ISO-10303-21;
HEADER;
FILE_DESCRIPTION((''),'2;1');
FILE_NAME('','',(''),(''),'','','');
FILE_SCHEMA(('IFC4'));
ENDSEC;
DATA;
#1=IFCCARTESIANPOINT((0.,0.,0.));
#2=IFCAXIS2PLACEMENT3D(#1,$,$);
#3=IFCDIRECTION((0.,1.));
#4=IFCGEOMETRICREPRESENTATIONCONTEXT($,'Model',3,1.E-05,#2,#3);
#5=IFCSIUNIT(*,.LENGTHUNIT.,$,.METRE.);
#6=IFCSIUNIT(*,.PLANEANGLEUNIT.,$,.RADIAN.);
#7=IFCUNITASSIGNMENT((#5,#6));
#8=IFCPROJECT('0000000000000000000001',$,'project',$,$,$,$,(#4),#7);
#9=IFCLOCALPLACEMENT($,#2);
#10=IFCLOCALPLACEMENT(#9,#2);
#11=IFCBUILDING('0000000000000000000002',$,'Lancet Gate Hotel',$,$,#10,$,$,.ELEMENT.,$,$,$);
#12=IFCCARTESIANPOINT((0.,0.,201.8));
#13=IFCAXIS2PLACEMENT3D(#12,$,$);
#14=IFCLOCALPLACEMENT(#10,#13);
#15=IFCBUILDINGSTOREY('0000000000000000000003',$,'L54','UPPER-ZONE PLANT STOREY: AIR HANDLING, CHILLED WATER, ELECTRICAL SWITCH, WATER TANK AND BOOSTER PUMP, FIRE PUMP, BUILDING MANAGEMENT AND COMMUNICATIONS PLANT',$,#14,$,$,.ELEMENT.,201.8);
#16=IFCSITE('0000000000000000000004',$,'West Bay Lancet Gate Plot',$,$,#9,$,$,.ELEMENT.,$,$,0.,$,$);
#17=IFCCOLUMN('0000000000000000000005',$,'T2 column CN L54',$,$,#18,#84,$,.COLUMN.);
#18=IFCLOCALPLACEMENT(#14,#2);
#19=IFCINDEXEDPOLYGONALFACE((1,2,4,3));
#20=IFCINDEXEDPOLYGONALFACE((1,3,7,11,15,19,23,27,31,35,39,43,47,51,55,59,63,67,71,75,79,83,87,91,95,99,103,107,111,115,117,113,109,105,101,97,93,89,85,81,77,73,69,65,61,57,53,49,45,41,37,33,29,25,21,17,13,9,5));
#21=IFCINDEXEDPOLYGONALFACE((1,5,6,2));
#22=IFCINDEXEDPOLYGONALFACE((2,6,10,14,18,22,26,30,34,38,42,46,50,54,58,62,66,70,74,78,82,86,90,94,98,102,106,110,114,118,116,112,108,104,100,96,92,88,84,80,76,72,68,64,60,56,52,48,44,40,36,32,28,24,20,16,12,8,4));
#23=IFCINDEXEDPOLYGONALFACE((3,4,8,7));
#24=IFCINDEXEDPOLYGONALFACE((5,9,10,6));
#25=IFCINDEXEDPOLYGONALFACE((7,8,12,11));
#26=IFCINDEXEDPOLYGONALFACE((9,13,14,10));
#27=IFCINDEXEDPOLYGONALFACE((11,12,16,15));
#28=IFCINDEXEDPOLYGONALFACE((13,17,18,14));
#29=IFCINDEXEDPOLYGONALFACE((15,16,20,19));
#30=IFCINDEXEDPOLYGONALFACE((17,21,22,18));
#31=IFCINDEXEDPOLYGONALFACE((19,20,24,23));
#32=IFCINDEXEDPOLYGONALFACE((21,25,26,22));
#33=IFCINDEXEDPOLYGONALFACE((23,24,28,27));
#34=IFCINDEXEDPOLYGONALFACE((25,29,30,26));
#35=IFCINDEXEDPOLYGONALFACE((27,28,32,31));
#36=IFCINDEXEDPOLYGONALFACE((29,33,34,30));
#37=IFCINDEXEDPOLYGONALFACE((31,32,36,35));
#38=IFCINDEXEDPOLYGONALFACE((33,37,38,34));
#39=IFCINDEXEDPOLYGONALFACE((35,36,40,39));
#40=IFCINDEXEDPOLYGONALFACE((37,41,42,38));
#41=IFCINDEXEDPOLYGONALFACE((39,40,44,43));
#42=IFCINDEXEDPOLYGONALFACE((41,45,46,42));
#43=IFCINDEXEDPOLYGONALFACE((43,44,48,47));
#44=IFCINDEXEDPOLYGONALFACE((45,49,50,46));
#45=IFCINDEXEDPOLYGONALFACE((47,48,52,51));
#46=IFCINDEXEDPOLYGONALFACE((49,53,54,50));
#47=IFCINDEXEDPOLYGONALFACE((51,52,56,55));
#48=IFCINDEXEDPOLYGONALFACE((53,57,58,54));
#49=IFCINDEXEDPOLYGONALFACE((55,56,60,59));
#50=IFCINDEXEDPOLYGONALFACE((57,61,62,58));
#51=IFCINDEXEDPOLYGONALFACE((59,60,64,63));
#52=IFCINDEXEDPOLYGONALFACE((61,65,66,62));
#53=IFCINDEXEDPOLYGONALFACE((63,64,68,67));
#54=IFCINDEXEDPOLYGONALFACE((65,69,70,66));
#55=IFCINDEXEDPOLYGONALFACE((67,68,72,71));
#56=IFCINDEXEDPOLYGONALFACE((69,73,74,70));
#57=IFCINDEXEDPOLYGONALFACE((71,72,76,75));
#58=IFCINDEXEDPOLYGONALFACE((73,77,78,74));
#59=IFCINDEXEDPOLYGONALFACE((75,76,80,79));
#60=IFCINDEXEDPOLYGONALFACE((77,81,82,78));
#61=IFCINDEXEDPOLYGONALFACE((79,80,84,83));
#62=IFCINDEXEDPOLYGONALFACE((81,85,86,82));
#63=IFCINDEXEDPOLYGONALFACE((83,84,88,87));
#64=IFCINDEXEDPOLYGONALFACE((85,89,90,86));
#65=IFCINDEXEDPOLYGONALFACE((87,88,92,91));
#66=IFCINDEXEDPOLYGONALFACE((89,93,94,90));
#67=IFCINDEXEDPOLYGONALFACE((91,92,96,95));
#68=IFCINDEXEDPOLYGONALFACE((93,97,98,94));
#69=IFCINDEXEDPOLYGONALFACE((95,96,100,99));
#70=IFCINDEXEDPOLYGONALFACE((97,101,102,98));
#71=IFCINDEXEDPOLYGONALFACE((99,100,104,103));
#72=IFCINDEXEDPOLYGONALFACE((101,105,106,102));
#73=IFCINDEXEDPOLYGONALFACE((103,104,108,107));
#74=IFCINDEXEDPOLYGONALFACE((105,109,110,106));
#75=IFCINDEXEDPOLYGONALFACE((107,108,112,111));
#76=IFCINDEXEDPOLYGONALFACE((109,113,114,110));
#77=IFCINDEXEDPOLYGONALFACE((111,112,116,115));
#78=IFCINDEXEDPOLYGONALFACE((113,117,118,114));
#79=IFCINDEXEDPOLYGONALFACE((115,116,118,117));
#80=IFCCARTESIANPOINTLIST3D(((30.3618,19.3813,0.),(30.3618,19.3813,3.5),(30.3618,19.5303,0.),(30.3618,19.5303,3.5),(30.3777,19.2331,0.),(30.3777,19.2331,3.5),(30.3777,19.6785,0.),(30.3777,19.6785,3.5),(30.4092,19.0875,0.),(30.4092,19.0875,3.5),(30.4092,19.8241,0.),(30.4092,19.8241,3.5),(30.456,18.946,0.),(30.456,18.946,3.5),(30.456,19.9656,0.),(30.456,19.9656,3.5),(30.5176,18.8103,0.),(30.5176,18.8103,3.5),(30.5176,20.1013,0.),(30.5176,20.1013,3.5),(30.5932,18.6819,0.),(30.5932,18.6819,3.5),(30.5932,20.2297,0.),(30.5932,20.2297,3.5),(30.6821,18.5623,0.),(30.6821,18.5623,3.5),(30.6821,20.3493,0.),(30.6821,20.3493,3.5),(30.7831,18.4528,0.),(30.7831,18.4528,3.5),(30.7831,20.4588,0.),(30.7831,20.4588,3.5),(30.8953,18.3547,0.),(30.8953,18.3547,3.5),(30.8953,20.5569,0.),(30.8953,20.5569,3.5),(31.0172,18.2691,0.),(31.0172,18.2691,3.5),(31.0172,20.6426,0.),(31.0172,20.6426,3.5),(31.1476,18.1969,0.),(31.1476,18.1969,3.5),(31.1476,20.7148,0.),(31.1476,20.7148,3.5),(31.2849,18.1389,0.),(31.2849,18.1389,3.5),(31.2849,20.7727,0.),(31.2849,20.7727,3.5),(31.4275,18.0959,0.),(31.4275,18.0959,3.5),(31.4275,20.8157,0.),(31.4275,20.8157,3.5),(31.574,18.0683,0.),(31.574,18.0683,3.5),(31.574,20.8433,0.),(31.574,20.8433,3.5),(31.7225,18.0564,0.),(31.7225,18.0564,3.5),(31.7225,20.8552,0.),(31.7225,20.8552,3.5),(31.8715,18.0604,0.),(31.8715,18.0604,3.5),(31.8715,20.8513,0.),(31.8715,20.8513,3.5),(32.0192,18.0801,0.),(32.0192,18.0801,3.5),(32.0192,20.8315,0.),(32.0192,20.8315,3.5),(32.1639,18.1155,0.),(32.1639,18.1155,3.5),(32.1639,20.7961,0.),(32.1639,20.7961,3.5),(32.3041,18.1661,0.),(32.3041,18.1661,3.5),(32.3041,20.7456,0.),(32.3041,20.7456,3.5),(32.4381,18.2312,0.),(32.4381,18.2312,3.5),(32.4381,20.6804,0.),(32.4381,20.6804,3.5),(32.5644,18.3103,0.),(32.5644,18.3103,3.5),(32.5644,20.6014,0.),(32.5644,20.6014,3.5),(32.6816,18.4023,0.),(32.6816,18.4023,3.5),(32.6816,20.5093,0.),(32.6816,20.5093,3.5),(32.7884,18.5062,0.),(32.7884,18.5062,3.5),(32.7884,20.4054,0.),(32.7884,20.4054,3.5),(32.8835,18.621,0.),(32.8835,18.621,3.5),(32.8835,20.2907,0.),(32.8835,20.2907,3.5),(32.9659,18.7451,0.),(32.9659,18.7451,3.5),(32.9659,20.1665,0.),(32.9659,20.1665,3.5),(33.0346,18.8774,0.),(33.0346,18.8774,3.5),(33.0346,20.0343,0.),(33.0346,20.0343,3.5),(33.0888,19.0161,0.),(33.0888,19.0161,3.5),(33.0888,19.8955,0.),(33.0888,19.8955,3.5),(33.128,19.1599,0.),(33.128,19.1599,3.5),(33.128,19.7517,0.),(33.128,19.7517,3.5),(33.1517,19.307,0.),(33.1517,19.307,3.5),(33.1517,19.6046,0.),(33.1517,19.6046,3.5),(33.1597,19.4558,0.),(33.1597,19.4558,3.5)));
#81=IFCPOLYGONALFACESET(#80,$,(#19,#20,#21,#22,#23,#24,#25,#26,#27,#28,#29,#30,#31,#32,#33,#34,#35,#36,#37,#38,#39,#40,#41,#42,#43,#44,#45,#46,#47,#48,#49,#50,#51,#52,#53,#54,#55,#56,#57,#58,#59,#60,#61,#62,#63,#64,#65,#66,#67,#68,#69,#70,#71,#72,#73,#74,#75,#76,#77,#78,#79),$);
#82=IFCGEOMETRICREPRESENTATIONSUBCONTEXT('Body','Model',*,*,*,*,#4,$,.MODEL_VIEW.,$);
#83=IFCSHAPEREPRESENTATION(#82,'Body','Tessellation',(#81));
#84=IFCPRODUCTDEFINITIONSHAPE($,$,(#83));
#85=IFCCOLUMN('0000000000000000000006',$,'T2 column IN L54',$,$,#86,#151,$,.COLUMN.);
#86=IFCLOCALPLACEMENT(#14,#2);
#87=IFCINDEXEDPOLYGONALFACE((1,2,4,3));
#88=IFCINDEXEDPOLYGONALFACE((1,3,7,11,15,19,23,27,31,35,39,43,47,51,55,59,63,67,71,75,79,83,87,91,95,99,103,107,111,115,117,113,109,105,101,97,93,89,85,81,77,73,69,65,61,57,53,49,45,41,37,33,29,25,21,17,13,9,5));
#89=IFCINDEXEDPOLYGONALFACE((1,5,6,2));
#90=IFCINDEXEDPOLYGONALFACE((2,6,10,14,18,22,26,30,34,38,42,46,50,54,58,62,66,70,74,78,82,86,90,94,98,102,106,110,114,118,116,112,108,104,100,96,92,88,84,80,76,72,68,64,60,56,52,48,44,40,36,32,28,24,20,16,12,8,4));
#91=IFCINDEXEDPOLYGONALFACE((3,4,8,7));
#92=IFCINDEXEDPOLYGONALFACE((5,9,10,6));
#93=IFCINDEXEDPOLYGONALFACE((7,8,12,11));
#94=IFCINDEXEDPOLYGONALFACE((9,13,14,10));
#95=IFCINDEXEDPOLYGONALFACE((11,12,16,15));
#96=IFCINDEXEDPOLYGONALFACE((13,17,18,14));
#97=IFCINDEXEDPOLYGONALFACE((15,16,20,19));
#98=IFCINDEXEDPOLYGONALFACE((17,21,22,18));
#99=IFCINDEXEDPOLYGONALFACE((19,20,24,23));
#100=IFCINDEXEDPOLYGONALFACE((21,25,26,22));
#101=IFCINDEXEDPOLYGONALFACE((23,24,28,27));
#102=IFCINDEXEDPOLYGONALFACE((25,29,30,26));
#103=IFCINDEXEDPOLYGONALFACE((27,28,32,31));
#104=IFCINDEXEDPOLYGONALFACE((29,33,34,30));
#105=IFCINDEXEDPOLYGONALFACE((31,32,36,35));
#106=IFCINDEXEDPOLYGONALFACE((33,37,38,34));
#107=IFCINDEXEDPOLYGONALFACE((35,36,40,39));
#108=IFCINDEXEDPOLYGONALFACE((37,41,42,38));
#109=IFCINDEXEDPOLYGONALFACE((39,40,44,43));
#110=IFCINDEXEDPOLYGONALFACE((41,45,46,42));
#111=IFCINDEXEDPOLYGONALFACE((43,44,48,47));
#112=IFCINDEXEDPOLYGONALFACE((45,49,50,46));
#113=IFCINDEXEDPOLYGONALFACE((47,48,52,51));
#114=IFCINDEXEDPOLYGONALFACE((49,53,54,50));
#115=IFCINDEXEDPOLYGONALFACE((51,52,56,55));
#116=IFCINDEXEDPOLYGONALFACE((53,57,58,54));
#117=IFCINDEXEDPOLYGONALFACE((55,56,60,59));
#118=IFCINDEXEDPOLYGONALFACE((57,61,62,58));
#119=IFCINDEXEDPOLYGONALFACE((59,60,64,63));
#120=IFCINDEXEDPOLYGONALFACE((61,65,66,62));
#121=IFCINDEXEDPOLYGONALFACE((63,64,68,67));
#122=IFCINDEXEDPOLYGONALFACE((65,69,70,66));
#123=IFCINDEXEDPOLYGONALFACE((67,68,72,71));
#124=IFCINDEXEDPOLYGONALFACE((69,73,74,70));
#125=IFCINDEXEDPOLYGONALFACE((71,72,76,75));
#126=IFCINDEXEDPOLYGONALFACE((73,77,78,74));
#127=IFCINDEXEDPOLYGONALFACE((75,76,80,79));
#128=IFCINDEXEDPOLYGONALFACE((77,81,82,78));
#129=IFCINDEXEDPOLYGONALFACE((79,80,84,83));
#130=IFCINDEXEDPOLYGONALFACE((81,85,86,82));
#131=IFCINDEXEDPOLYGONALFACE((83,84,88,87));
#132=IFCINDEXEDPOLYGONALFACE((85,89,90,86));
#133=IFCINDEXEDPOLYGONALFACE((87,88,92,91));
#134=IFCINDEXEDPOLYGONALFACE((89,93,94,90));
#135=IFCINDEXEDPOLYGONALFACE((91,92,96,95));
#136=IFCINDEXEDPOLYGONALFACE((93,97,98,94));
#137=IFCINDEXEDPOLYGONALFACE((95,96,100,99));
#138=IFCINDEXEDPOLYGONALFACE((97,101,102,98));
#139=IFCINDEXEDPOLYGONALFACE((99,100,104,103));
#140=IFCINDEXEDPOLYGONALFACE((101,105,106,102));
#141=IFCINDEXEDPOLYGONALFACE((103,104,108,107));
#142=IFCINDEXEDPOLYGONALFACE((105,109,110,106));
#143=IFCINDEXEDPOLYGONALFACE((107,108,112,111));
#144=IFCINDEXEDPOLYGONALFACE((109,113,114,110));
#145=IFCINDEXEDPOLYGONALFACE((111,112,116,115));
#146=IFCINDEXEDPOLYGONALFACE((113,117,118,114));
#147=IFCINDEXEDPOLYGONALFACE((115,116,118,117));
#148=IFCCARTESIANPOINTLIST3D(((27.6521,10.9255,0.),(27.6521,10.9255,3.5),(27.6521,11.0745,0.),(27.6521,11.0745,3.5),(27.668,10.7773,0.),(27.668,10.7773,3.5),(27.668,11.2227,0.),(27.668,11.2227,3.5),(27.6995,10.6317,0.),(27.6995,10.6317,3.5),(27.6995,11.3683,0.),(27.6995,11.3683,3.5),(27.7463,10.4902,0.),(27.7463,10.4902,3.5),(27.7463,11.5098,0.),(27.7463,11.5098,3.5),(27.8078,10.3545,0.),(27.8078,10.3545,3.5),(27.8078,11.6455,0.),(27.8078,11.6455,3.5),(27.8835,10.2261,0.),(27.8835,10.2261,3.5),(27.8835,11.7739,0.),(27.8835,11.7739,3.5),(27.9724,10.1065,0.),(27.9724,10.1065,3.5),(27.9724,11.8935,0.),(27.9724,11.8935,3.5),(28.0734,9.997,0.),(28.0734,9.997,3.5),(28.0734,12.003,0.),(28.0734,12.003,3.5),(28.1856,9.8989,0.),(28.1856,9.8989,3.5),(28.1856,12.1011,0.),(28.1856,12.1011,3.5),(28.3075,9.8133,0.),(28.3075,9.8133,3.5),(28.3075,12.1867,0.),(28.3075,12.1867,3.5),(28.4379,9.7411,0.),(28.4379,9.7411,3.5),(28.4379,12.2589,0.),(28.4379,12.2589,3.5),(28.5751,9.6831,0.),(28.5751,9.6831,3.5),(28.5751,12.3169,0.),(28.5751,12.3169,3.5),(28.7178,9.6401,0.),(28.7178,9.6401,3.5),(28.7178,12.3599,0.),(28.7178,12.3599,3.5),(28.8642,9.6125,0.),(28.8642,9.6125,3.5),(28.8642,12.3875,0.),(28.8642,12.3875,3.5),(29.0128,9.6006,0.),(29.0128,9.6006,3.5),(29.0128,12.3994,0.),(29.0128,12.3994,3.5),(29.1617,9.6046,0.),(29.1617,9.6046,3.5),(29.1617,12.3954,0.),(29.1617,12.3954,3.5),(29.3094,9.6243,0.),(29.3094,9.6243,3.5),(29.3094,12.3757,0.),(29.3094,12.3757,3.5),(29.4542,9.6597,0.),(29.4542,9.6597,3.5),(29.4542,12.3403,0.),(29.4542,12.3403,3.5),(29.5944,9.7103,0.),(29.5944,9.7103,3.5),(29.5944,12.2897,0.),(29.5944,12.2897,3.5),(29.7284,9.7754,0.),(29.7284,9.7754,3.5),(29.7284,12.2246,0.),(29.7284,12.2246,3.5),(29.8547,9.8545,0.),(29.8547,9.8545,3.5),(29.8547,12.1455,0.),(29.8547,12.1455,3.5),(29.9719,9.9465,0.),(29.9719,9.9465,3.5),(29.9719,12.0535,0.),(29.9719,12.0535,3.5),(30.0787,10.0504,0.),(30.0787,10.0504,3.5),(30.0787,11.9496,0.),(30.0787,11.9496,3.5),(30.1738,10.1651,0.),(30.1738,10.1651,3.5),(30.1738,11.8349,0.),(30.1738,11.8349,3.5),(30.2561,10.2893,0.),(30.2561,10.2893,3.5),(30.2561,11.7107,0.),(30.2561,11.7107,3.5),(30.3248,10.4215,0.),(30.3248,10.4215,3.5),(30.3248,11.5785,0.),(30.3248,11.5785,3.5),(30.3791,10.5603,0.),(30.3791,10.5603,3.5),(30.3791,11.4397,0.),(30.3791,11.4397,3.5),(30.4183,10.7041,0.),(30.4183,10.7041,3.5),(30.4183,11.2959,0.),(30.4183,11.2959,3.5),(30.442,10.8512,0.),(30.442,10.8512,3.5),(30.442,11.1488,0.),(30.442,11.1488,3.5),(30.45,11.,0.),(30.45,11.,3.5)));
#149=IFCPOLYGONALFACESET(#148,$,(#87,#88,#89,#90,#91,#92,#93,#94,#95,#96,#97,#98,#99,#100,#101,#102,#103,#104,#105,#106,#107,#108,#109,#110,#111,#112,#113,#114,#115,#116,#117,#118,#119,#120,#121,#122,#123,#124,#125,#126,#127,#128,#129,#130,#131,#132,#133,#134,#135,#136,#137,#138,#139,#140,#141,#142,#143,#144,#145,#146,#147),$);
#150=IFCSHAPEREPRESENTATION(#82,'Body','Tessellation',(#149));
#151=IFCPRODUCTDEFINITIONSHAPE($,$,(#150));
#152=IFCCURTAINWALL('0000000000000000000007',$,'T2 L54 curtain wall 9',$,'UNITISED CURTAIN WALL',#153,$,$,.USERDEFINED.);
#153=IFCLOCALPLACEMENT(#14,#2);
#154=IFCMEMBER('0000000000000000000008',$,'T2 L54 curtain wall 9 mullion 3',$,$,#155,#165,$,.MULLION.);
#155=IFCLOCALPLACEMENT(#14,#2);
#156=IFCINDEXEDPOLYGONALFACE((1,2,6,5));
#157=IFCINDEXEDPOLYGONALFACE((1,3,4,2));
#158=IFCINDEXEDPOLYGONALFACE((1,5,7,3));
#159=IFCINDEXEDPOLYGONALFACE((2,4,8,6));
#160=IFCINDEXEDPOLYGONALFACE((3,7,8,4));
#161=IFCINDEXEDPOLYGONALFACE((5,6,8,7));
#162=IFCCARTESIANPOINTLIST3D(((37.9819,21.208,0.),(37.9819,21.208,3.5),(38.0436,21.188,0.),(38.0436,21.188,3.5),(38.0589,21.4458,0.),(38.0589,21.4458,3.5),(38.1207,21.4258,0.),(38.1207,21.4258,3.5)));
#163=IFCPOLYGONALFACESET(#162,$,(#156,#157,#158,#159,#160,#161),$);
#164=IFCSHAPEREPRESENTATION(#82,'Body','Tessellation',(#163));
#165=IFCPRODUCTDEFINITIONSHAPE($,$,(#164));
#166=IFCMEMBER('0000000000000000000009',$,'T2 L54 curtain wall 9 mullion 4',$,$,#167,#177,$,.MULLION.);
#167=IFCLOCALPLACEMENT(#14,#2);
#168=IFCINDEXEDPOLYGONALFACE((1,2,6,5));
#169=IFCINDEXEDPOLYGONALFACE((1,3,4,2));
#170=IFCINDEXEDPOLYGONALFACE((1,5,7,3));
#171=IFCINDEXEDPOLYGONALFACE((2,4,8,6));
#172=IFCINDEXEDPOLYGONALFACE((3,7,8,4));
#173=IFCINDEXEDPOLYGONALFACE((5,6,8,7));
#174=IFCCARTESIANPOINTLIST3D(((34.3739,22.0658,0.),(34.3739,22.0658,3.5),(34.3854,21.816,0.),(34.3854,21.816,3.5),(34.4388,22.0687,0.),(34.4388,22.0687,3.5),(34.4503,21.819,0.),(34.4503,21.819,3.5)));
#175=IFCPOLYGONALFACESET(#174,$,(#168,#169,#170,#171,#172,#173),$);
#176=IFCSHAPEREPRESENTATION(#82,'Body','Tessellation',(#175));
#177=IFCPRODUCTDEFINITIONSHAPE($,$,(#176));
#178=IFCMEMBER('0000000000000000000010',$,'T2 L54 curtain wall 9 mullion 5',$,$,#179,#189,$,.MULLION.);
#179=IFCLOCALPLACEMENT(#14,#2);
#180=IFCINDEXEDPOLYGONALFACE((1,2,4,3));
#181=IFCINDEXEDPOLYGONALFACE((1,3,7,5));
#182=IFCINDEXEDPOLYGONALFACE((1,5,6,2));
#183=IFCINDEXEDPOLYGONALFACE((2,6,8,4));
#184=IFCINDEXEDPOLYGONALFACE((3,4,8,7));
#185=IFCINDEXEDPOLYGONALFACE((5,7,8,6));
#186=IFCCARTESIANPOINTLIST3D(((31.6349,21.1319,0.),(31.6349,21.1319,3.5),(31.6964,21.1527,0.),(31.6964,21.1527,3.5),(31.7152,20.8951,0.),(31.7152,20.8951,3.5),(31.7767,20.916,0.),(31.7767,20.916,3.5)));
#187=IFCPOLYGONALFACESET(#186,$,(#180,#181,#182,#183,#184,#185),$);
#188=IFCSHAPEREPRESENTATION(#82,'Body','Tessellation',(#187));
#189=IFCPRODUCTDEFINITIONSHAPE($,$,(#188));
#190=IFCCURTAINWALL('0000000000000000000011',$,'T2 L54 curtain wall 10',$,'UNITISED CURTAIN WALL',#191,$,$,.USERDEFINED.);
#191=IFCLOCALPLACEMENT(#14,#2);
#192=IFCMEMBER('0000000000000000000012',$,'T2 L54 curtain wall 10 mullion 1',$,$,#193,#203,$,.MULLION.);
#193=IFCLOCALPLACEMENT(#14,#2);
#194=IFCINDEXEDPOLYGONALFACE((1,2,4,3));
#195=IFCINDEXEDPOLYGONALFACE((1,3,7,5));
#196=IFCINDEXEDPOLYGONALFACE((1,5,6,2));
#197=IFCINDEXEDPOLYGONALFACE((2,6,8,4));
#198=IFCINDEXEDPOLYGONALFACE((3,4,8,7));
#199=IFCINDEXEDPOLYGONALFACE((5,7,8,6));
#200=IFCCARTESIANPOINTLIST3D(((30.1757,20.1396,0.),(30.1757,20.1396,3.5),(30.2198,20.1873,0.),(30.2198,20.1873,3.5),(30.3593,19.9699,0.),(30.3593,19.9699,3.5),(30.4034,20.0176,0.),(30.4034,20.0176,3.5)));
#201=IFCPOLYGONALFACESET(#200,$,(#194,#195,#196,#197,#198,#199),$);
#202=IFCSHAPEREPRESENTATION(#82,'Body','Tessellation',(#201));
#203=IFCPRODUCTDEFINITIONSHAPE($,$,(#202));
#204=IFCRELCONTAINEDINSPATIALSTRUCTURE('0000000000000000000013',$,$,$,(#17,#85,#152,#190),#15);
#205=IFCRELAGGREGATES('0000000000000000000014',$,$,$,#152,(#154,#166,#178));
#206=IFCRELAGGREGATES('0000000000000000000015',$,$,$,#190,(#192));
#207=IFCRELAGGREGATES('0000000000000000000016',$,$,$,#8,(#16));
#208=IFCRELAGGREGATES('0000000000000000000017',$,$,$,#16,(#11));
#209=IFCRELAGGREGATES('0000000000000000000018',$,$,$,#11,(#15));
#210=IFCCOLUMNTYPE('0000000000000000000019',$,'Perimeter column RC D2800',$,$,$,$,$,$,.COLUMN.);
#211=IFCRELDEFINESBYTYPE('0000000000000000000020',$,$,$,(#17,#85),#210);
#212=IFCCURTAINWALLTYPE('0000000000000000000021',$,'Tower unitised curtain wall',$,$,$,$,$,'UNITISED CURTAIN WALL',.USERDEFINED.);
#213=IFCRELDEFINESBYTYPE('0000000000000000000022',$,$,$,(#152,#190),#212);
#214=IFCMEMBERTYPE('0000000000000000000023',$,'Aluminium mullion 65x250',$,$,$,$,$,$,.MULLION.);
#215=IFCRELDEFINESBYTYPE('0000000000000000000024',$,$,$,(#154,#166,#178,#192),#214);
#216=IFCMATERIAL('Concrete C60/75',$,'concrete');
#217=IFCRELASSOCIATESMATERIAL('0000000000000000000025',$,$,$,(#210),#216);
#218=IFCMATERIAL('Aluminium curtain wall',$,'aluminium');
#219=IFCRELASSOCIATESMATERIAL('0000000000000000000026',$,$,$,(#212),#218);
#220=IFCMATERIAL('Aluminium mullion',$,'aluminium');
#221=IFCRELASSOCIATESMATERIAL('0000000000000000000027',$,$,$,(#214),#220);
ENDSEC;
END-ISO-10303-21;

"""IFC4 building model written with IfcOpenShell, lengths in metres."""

from ifc_helpers import new_model, si_unit, direction, frame, origin, origin_2d, place, context, subcontext, project, spatial, rectangle, circle, extrude, material, material_profile, profile_set, type_object, element, aggregate, save


model = new_model("IFC4")

# Units and contexts
model_context = context("Model", 3, precision=1e-05, world=origin(), true_north=direction((0.0, 1.0)))
body_context = subcontext(model_context, "Body", "Model", "MODEL_VIEW")
ifc_project = project(units=[si_unit("LENGTHUNIT", "METRE"), si_unit("PLANEANGLEUNIT", "RADIAN")], contexts=[model_context])

# Site, building, storey
site_placement = place(None, origin())
site = spatial("IfcSite", under=ifc_project, at=site_placement, Name="West Bay Lancet Gate Plot", CompositionType="ELEMENT", RefElevation=0.0)
building_placement = place(site_placement, origin())
building = spatial("IfcBuilding", under=site, at=building_placement, Name="Lancet Gate Hotel", CompositionType="ELEMENT")
storey_placement = place(building_placement, frame((0.0, 0.0, 201.8)))
storey = spatial("IfcBuildingStorey", under=building, at=storey_placement, Name="L54", Description="UPPER-ZONE PLANT STOREY: AIR HANDLING, CHILLED WATER, ELECTRICAL SWITCH, WATER TANK AND BOOSTER PUMP, FIRE PUMP, BUILDING MANAGEMENT AND COMMUNICATIONS PLANT", CompositionType="ELEMENT", Elevation=201.8)

# Columns
ifc_material_1 = material(Name="Concrete C60/75", Category="concrete")
ifc_material_profile_1 = material_profile(ifc_material_1, circle(Radius=1.3999, at=origin_2d()), Name="RC D2800")
ifc_profile_set_1 = profile_set([ifc_material_profile_1], Name="Concrete C60/75")
column_type = type_object("IfcColumnType", Name="Perimeter column RC D2800", PredefinedType="COLUMN", material=ifc_profile_set_1)
for number, where, z_axis, x_axis, name in (
    (1, (31.7598, 19.4558, 0.0), (0.0, 0.0, 1.0), (1.0, 0.0, 0.0), "T2 column CN L54"),
    (2, (29.05, 11.0, 0.0), (0.0, 0.0, 1.0), (1.0, 0.0, 0.0), "T2 column IN L54"),
):
    element("IfcColumn", number, at=place(storey_placement, frame(where, z_axis=z_axis, x_axis=x_axis)), inside=storey, type_object=column_type, Name=name, PredefinedType="COLUMN", context=body_context, shape_type="SweptSolid", body=[
        extrude(circle(Radius=1.3999, at=origin_2d()), origin(), (0.0, 0.0, 1.0), 3.5),
    ])

# Curtain walls, members
ifc_material_2 = material(Name="Aluminium curtain wall", Category="aluminium")
curtain_wall_type = type_object("IfcCurtainWallType", Name="Tower unitised curtain wall", ElementType="UNITISED CURTAIN WALL", PredefinedType="USERDEFINED", material=ifc_material_2)
curtain_wall_1_placement = place(storey_placement, origin())
curtain_wall_1 = element("IfcCurtainWall", 3, at=curtain_wall_1_placement, inside=storey, type_object=curtain_wall_type, Name="T2 L54 curtain wall 9", ObjectType="UNITISED CURTAIN WALL", PredefinedType="USERDEFINED")
ifc_material_3 = material(Name="Aluminium mullion", Category="aluminium")
ifc_material_profile_2 = material_profile(ifc_material_3, rectangle(XDim=0.0649, YDim=0.25, at=origin_2d()), Name="MULLION 65x250")
ifc_profile_set_2 = profile_set([ifc_material_profile_2], Name="Aluminium mullion")
member_type_1 = type_object("IfcMemberType", Name="Aluminium mullion 65x250", PredefinedType="MULLION", material=ifc_profile_set_2)
member_1_placement = place(storey_placement, frame((38.0513, 21.3169, 0.0), z_axis=(0.0, 0.0, 1.0), x_axis=(-0.951355, 0.308095, 0.0)))
member_1 = element("IfcMember", 4, at=member_1_placement, type_object=member_type_1, Name="T2 L54 curtain wall 9 mullion 3", PredefinedType="MULLION", context=body_context, shape_type="SweptSolid", body=[
    extrude(rectangle(XDim=0.0649, YDim=0.25, at=origin_2d()), origin(), (0.0, 0.0, 1.0), 3.5),
])
member_2_placement = place(storey_placement, frame((34.4121, 21.9424, 0.0), z_axis=(0.0, 0.0, 1.0), x_axis=(-0.998937, -0.046093, 0.0)))
member_2 = element("IfcMember", 5, at=member_2_placement, type_object=member_type_1, Name="T2 L54 curtain wall 9 mullion 4", PredefinedType="MULLION", context=body_context, shape_type="SweptSolid", body=[
    extrude(rectangle(XDim=0.0649, YDim=0.25, at=origin_2d()), origin(), (0.0, 0.0, 1.0), 3.5),
])
member_3_placement = place(storey_placement, frame((31.7058, 21.0239, 0.0), z_axis=(0.0, 0.0, 1.0), x_axis=(-0.946952, -0.321374, 0.0)))
member_3 = element("IfcMember", 6, at=member_3_placement, type_object=member_type_1, Name="T2 L54 curtain wall 9 mullion 5", PredefinedType="MULLION", context=body_context, shape_type="SweptSolid", body=[
    extrude(rectangle(XDim=0.0649, YDim=0.25, at=origin_2d()), origin(), (0.0, 0.0, 1.0), 3.5),
])
curtain_wall_2_placement = place(storey_placement, origin())
curtain_wall_2 = element("IfcCurtainWall", 7, at=curtain_wall_2_placement, inside=storey, type_object=curtain_wall_type, Name="T2 L54 curtain wall 10", ObjectType="UNITISED CURTAIN WALL", PredefinedType="USERDEFINED")
member_4_placement = place(storey_placement, frame((30.2896, 20.0786, 0.0), z_axis=(0.0, 0.0, 1.0), x_axis=(-0.678831, -0.734294, 0.0)))
member_4 = element("IfcMember", 8, at=member_4_placement, type_object=member_type_1, Name="T2 L54 curtain wall 10 mullion 1", PredefinedType="MULLION", context=body_context, shape_type="SweptSolid", body=[
    extrude(rectangle(XDim=0.0649, YDim=0.25, at=origin_2d()), origin(), (0.0, 0.0, 1.0), 3.5),
])

aggregate(curtain_wall_1, [member_1, member_2, member_3])
aggregate(curtain_wall_2, [member_4])

save(model, "model.ifc")
